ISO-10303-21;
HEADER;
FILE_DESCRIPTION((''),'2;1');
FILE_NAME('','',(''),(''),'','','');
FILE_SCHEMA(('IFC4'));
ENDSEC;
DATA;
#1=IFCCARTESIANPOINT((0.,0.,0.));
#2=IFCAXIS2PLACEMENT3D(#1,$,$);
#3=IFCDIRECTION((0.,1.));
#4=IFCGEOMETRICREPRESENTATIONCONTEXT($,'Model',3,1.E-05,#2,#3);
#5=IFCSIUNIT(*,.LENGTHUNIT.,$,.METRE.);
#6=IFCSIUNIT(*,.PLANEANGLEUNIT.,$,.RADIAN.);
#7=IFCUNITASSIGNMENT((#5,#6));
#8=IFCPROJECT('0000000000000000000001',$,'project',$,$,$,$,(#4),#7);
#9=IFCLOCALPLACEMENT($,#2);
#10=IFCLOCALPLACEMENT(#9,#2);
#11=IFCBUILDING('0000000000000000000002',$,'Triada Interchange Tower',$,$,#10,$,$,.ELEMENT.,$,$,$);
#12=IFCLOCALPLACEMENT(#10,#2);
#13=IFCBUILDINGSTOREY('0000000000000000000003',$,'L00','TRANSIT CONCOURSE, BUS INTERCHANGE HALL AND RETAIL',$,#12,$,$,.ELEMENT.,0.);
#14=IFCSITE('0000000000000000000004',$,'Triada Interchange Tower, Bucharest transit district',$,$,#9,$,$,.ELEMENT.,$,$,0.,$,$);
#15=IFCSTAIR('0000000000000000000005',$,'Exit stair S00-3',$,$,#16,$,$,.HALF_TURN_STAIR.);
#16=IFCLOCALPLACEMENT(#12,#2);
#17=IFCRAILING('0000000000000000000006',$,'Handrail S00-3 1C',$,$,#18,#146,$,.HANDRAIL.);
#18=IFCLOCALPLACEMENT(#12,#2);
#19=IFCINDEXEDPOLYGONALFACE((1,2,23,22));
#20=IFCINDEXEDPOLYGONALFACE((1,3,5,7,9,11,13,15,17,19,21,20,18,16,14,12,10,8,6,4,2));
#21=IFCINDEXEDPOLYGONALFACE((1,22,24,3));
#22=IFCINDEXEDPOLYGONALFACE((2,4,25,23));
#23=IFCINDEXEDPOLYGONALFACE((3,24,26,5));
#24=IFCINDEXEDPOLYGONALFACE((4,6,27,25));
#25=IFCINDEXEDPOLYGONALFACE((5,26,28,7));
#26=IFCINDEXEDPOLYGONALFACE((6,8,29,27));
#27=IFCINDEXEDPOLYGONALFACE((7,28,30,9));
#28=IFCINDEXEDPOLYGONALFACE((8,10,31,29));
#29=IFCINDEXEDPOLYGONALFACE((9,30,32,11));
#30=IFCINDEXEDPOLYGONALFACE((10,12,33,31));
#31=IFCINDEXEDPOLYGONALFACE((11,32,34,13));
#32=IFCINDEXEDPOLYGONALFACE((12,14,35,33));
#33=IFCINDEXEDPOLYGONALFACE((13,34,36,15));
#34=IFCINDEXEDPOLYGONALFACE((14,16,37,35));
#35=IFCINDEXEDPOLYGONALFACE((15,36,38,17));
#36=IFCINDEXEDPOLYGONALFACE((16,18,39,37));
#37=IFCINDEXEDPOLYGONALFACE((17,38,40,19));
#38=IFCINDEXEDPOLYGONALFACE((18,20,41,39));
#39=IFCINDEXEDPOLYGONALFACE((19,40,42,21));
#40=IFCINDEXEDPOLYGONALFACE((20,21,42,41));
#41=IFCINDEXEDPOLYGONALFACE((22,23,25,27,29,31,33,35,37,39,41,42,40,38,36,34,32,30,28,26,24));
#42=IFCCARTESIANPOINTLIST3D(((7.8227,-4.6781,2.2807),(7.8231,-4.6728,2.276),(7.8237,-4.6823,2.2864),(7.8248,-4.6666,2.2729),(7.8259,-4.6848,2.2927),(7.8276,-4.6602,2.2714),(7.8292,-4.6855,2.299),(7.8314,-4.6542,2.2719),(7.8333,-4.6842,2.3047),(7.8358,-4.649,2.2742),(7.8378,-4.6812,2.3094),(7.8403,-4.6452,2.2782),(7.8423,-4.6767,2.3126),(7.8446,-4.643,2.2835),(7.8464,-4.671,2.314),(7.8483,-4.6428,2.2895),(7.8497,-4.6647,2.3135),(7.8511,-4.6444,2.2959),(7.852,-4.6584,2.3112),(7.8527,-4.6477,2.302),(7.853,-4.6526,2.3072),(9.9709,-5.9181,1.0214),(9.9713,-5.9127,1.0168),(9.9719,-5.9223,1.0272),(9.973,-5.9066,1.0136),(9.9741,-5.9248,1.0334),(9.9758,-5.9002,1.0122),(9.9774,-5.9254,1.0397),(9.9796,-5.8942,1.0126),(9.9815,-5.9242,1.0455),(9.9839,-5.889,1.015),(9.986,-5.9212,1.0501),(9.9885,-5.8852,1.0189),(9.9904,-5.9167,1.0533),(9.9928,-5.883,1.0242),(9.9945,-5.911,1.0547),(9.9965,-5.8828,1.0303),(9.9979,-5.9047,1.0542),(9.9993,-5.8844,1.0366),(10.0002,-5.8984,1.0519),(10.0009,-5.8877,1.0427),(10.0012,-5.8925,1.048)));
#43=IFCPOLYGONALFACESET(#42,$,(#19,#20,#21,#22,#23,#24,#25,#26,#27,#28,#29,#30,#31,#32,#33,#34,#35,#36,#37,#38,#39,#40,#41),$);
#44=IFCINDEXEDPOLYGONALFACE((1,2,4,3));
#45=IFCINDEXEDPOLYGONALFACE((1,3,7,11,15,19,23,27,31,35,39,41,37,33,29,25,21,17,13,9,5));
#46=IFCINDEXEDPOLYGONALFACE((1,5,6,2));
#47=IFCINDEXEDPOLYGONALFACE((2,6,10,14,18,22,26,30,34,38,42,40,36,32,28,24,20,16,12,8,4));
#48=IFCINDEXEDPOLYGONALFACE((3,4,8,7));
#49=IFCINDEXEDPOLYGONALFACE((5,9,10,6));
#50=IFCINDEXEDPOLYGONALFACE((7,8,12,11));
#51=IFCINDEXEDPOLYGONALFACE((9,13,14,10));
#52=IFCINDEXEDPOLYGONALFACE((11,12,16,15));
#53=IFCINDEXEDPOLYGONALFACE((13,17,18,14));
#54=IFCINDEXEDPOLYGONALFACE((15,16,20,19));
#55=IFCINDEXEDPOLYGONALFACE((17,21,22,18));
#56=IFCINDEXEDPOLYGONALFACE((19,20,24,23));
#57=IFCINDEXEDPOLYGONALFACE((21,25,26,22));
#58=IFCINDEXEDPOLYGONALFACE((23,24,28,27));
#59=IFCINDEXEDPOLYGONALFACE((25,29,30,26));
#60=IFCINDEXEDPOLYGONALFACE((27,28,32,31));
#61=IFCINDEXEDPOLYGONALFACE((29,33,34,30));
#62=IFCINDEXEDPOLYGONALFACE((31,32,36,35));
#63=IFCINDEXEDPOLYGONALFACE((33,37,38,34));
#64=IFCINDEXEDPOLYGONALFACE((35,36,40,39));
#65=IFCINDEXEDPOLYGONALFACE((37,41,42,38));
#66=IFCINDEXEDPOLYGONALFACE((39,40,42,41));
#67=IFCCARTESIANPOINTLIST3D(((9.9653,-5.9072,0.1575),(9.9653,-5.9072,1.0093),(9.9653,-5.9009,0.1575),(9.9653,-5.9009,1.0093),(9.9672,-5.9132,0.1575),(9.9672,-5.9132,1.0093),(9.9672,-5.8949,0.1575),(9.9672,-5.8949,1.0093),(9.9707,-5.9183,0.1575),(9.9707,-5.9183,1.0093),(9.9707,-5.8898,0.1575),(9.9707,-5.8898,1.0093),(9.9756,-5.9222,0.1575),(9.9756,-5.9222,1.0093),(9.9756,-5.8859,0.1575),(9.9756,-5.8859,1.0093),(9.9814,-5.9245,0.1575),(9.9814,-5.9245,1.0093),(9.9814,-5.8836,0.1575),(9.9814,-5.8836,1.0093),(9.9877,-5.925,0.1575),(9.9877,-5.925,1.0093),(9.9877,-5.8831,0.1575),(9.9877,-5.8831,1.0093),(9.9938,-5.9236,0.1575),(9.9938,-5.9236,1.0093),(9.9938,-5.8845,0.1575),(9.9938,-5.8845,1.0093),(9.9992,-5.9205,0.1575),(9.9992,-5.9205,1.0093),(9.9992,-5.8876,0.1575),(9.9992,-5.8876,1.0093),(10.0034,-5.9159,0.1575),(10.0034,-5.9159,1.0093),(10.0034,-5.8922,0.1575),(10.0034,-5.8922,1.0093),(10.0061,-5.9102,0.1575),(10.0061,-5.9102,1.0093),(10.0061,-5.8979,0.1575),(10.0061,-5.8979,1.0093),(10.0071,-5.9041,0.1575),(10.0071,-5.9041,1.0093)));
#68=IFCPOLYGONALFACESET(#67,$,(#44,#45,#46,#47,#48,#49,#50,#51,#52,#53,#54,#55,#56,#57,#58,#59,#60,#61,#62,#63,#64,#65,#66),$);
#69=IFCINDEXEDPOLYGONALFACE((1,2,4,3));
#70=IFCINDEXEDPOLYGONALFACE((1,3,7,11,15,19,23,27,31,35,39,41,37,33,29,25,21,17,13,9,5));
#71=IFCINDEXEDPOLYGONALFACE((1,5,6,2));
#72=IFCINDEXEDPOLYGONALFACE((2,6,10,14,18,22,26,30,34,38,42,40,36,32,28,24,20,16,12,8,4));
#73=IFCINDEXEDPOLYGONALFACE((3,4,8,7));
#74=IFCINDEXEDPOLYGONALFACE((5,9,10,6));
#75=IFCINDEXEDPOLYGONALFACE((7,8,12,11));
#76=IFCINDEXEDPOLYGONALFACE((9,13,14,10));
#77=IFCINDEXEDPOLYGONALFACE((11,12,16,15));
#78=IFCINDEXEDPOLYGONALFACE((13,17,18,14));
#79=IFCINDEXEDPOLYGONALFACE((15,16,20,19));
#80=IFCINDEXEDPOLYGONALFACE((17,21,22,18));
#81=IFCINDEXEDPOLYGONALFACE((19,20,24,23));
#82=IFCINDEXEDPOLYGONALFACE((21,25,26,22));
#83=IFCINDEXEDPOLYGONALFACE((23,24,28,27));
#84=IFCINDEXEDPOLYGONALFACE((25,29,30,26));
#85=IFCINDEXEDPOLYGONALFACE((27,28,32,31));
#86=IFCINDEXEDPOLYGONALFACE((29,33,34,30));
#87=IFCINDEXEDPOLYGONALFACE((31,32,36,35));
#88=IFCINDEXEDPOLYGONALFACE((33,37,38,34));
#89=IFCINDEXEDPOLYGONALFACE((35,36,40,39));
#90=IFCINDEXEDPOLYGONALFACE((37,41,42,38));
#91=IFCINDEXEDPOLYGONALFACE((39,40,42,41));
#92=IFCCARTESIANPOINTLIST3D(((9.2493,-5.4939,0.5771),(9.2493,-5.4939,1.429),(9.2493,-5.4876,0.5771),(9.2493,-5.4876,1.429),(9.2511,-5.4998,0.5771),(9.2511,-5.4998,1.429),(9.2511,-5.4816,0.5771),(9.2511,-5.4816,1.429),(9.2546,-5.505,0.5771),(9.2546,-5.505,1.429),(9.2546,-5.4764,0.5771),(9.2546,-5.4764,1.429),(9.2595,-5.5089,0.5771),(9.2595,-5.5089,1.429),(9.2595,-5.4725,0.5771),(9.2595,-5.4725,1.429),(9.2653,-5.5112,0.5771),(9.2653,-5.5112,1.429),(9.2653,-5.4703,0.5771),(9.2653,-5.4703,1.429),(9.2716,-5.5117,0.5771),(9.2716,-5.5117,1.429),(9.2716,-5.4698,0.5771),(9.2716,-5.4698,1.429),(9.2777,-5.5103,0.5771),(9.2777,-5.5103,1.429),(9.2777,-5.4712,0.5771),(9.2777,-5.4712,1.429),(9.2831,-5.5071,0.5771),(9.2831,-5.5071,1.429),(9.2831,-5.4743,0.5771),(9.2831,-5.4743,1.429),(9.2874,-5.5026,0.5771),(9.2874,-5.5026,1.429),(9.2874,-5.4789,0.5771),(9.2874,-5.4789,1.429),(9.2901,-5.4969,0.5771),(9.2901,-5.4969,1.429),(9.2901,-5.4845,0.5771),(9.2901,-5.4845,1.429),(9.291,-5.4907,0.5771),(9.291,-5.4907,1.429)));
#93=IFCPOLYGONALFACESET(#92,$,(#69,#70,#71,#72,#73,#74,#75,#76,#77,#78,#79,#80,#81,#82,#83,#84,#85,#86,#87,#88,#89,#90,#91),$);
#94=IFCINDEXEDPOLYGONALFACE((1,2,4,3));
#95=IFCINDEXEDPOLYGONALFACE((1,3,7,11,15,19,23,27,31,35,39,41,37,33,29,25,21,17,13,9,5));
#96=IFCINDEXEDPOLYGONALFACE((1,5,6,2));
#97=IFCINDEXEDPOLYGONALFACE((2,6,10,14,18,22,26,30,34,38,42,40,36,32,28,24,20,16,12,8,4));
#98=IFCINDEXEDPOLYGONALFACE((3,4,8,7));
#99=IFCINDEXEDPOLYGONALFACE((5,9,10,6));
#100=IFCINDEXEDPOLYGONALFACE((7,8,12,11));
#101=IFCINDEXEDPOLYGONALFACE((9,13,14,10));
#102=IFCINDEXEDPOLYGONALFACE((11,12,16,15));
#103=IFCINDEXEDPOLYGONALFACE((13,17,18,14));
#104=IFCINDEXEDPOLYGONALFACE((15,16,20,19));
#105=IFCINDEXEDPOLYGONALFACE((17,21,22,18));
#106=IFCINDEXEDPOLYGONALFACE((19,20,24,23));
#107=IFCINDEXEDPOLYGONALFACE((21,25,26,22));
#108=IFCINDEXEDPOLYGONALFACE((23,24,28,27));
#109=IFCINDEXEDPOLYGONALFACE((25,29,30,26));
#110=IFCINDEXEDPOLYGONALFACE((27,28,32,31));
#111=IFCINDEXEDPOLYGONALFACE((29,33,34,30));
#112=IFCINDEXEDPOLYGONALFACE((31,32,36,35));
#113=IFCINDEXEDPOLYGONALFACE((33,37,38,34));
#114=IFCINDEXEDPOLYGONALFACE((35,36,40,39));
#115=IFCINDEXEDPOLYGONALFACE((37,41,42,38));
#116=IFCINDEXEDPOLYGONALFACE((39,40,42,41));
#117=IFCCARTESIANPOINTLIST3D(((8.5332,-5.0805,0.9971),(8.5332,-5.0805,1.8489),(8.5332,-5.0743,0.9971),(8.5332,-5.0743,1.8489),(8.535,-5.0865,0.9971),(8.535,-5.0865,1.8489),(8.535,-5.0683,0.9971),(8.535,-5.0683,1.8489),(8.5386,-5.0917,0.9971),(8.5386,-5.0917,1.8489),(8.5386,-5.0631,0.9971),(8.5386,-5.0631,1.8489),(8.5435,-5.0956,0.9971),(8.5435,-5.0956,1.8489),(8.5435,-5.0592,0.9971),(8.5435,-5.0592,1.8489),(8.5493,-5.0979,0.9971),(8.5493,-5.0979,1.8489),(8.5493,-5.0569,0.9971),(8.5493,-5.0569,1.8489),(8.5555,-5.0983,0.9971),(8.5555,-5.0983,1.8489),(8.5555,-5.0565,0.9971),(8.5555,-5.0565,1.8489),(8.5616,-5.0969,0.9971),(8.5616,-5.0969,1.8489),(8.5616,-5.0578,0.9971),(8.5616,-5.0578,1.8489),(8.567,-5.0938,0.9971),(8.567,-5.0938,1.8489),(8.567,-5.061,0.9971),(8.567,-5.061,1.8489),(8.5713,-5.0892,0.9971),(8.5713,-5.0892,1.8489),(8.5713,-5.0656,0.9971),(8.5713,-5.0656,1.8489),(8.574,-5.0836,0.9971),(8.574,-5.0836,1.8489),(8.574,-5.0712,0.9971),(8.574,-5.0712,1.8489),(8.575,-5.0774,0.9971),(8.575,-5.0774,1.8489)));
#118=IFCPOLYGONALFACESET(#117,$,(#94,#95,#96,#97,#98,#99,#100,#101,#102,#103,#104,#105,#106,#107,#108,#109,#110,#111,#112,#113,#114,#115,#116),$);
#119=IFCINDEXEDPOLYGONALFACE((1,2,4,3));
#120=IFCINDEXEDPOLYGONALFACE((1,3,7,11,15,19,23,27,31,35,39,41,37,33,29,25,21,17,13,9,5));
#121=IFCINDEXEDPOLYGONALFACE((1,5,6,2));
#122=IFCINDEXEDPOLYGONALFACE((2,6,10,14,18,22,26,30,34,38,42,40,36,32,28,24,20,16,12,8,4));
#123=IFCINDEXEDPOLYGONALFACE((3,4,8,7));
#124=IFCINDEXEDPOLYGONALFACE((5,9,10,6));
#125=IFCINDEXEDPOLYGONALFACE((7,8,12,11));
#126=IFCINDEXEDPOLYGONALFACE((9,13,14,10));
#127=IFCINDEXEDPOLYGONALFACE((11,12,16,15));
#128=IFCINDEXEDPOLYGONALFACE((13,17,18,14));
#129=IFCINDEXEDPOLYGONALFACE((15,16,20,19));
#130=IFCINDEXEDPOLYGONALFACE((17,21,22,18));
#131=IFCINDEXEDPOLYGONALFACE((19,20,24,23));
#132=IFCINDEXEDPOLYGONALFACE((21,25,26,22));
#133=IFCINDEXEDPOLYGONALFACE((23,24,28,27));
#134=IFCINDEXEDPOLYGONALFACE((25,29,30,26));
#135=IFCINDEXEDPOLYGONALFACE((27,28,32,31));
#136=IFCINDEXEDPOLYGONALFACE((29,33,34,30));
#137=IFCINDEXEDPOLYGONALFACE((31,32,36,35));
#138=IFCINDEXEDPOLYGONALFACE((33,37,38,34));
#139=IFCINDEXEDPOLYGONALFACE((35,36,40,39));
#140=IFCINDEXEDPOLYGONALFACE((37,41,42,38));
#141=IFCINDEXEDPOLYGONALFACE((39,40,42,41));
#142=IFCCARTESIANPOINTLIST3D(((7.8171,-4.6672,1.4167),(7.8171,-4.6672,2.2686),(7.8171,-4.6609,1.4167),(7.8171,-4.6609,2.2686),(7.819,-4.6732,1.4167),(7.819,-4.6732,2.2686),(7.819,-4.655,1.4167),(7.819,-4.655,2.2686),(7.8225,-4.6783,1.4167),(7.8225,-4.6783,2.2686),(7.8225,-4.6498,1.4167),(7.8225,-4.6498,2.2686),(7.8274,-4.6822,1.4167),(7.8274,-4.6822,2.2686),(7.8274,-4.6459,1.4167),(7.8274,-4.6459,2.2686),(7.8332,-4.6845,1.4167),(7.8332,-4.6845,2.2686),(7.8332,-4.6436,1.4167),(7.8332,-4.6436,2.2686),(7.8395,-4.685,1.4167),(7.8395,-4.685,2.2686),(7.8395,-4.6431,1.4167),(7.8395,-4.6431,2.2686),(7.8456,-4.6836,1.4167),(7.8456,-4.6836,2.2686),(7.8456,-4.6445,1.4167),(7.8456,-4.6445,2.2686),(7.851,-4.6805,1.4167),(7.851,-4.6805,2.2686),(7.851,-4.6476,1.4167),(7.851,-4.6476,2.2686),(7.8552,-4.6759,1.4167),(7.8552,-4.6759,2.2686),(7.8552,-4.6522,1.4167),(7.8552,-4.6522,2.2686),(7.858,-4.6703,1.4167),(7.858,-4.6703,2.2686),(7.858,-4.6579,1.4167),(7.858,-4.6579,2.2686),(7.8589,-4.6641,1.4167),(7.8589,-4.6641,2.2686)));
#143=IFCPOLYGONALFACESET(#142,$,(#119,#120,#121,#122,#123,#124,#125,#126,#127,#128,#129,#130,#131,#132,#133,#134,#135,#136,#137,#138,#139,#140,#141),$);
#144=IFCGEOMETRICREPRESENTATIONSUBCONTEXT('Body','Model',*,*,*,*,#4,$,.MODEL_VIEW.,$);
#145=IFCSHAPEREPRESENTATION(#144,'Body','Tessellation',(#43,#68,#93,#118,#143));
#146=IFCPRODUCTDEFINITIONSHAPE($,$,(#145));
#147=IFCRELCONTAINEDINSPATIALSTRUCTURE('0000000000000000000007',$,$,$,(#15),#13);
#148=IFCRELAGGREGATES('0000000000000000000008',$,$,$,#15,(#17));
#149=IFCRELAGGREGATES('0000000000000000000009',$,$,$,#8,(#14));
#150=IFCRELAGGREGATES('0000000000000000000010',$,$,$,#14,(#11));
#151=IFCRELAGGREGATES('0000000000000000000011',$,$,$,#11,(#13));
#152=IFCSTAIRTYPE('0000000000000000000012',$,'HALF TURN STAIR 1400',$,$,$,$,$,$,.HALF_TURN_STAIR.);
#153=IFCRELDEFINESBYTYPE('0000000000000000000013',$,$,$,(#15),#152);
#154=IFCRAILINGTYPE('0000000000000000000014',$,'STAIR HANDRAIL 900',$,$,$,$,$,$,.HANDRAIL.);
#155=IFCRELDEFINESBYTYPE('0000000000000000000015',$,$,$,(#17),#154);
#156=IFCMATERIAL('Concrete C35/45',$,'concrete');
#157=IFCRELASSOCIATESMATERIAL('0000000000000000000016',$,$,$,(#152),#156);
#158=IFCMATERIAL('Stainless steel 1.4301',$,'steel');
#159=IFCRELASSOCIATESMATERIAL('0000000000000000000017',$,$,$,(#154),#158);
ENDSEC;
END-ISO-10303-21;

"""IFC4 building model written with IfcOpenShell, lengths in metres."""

from ifc_helpers import new_model, si_unit, direction, frame, origin, origin_2d, place, context, subcontext, project, spatial, circle, extrude, material, type_object, element, aggregate, save


model = new_model("IFC4")

# Units and contexts
model_context = context("Model", 3, precision=1e-05, world=origin(), true_north=direction((0.0, 1.0)))
body_context = subcontext(model_context, "Body", "Model", "MODEL_VIEW")
ifc_project = project(units=[si_unit("LENGTHUNIT", "METRE"), si_unit("PLANEANGLEUNIT", "RADIAN")], contexts=[model_context])

# Site, building, storey
site_placement = place(None, origin())
site = spatial("IfcSite", under=ifc_project, at=site_placement, Name="Triada Interchange Tower, Bucharest transit district", CompositionType="ELEMENT", RefElevation=0.0)
building_placement = place(site_placement, origin())
building = spatial("IfcBuilding", under=site, at=building_placement, Name="Triada Interchange Tower", CompositionType="ELEMENT")
storey_placement = place(building_placement, origin())
storey = spatial("IfcBuildingStorey", under=building, at=storey_placement, Name="L00", Description="TRANSIT CONCOURSE, BUS INTERCHANGE HALL AND RETAIL", CompositionType="ELEMENT", Elevation=0.0)

# Shared definitions
ifc_material_1 = material(Name="Concrete C35/45", Category="concrete")

# Stair, railing
stair_type = type_object("IfcStairType", Name="HALF TURN STAIR 1400", PredefinedType="HALF_TURN_STAIR", material=ifc_material_1)
stair_placement = place(storey_placement, origin())
stair = element("IfcStair", 1, at=stair_placement, inside=storey, type_object=stair_type, Name="Exit stair S00-3", PredefinedType="HALF_TURN_STAIR")
ifc_material_2 = material(Name="Stainless steel 1.4301", Category="steel")
railing_type = type_object("IfcRailingType", Name="STAIR HANDRAIL 900", PredefinedType="HANDRAIL", material=ifc_material_2)
railing_1_placement = place(storey_placement, frame((9.9861, -5.9041, 0.1575)))
railing_1 = element("IfcRailing", 2, at=railing_1_placement, type_object=railing_type, Name="Handrail S00-3 1C", PredefinedType="HANDRAIL", context=body_context, shape_type="SweptSolid", body=[
    extrude(circle(Radius=0.0239, at=origin_2d()), frame((0.0, 0.0, 0.876), z_axis=(-0.772247, 0.44576, 0.452694), x_axis=(-0.499918, -0.866072, 0.0)), (0.0, 0.0, 1.0), 2.7817),
    extrude(circle(Radius=0.021, at=origin_2d()), origin(), (0.0, 0.0, 1.0), 0.8518),
    extrude(circle(Radius=0.021, at=origin_2d()), frame((-0.7161, 0.4133, 0.4197)), (0.0, 0.0, 1.0), 0.8518),
    extrude(circle(Radius=0.021, at=origin_2d()), frame((-1.4321, 0.8267, 0.8396)), (0.0, 0.0, 1.0), 0.8518),
    extrude(circle(Radius=0.021, at=origin_2d()), frame((-2.1482, 1.24, 1.2593)), (0.0, 0.0, 1.0), 0.8518),
])
aggregate(stair, [railing_1])

save(model, "model.ifc")
